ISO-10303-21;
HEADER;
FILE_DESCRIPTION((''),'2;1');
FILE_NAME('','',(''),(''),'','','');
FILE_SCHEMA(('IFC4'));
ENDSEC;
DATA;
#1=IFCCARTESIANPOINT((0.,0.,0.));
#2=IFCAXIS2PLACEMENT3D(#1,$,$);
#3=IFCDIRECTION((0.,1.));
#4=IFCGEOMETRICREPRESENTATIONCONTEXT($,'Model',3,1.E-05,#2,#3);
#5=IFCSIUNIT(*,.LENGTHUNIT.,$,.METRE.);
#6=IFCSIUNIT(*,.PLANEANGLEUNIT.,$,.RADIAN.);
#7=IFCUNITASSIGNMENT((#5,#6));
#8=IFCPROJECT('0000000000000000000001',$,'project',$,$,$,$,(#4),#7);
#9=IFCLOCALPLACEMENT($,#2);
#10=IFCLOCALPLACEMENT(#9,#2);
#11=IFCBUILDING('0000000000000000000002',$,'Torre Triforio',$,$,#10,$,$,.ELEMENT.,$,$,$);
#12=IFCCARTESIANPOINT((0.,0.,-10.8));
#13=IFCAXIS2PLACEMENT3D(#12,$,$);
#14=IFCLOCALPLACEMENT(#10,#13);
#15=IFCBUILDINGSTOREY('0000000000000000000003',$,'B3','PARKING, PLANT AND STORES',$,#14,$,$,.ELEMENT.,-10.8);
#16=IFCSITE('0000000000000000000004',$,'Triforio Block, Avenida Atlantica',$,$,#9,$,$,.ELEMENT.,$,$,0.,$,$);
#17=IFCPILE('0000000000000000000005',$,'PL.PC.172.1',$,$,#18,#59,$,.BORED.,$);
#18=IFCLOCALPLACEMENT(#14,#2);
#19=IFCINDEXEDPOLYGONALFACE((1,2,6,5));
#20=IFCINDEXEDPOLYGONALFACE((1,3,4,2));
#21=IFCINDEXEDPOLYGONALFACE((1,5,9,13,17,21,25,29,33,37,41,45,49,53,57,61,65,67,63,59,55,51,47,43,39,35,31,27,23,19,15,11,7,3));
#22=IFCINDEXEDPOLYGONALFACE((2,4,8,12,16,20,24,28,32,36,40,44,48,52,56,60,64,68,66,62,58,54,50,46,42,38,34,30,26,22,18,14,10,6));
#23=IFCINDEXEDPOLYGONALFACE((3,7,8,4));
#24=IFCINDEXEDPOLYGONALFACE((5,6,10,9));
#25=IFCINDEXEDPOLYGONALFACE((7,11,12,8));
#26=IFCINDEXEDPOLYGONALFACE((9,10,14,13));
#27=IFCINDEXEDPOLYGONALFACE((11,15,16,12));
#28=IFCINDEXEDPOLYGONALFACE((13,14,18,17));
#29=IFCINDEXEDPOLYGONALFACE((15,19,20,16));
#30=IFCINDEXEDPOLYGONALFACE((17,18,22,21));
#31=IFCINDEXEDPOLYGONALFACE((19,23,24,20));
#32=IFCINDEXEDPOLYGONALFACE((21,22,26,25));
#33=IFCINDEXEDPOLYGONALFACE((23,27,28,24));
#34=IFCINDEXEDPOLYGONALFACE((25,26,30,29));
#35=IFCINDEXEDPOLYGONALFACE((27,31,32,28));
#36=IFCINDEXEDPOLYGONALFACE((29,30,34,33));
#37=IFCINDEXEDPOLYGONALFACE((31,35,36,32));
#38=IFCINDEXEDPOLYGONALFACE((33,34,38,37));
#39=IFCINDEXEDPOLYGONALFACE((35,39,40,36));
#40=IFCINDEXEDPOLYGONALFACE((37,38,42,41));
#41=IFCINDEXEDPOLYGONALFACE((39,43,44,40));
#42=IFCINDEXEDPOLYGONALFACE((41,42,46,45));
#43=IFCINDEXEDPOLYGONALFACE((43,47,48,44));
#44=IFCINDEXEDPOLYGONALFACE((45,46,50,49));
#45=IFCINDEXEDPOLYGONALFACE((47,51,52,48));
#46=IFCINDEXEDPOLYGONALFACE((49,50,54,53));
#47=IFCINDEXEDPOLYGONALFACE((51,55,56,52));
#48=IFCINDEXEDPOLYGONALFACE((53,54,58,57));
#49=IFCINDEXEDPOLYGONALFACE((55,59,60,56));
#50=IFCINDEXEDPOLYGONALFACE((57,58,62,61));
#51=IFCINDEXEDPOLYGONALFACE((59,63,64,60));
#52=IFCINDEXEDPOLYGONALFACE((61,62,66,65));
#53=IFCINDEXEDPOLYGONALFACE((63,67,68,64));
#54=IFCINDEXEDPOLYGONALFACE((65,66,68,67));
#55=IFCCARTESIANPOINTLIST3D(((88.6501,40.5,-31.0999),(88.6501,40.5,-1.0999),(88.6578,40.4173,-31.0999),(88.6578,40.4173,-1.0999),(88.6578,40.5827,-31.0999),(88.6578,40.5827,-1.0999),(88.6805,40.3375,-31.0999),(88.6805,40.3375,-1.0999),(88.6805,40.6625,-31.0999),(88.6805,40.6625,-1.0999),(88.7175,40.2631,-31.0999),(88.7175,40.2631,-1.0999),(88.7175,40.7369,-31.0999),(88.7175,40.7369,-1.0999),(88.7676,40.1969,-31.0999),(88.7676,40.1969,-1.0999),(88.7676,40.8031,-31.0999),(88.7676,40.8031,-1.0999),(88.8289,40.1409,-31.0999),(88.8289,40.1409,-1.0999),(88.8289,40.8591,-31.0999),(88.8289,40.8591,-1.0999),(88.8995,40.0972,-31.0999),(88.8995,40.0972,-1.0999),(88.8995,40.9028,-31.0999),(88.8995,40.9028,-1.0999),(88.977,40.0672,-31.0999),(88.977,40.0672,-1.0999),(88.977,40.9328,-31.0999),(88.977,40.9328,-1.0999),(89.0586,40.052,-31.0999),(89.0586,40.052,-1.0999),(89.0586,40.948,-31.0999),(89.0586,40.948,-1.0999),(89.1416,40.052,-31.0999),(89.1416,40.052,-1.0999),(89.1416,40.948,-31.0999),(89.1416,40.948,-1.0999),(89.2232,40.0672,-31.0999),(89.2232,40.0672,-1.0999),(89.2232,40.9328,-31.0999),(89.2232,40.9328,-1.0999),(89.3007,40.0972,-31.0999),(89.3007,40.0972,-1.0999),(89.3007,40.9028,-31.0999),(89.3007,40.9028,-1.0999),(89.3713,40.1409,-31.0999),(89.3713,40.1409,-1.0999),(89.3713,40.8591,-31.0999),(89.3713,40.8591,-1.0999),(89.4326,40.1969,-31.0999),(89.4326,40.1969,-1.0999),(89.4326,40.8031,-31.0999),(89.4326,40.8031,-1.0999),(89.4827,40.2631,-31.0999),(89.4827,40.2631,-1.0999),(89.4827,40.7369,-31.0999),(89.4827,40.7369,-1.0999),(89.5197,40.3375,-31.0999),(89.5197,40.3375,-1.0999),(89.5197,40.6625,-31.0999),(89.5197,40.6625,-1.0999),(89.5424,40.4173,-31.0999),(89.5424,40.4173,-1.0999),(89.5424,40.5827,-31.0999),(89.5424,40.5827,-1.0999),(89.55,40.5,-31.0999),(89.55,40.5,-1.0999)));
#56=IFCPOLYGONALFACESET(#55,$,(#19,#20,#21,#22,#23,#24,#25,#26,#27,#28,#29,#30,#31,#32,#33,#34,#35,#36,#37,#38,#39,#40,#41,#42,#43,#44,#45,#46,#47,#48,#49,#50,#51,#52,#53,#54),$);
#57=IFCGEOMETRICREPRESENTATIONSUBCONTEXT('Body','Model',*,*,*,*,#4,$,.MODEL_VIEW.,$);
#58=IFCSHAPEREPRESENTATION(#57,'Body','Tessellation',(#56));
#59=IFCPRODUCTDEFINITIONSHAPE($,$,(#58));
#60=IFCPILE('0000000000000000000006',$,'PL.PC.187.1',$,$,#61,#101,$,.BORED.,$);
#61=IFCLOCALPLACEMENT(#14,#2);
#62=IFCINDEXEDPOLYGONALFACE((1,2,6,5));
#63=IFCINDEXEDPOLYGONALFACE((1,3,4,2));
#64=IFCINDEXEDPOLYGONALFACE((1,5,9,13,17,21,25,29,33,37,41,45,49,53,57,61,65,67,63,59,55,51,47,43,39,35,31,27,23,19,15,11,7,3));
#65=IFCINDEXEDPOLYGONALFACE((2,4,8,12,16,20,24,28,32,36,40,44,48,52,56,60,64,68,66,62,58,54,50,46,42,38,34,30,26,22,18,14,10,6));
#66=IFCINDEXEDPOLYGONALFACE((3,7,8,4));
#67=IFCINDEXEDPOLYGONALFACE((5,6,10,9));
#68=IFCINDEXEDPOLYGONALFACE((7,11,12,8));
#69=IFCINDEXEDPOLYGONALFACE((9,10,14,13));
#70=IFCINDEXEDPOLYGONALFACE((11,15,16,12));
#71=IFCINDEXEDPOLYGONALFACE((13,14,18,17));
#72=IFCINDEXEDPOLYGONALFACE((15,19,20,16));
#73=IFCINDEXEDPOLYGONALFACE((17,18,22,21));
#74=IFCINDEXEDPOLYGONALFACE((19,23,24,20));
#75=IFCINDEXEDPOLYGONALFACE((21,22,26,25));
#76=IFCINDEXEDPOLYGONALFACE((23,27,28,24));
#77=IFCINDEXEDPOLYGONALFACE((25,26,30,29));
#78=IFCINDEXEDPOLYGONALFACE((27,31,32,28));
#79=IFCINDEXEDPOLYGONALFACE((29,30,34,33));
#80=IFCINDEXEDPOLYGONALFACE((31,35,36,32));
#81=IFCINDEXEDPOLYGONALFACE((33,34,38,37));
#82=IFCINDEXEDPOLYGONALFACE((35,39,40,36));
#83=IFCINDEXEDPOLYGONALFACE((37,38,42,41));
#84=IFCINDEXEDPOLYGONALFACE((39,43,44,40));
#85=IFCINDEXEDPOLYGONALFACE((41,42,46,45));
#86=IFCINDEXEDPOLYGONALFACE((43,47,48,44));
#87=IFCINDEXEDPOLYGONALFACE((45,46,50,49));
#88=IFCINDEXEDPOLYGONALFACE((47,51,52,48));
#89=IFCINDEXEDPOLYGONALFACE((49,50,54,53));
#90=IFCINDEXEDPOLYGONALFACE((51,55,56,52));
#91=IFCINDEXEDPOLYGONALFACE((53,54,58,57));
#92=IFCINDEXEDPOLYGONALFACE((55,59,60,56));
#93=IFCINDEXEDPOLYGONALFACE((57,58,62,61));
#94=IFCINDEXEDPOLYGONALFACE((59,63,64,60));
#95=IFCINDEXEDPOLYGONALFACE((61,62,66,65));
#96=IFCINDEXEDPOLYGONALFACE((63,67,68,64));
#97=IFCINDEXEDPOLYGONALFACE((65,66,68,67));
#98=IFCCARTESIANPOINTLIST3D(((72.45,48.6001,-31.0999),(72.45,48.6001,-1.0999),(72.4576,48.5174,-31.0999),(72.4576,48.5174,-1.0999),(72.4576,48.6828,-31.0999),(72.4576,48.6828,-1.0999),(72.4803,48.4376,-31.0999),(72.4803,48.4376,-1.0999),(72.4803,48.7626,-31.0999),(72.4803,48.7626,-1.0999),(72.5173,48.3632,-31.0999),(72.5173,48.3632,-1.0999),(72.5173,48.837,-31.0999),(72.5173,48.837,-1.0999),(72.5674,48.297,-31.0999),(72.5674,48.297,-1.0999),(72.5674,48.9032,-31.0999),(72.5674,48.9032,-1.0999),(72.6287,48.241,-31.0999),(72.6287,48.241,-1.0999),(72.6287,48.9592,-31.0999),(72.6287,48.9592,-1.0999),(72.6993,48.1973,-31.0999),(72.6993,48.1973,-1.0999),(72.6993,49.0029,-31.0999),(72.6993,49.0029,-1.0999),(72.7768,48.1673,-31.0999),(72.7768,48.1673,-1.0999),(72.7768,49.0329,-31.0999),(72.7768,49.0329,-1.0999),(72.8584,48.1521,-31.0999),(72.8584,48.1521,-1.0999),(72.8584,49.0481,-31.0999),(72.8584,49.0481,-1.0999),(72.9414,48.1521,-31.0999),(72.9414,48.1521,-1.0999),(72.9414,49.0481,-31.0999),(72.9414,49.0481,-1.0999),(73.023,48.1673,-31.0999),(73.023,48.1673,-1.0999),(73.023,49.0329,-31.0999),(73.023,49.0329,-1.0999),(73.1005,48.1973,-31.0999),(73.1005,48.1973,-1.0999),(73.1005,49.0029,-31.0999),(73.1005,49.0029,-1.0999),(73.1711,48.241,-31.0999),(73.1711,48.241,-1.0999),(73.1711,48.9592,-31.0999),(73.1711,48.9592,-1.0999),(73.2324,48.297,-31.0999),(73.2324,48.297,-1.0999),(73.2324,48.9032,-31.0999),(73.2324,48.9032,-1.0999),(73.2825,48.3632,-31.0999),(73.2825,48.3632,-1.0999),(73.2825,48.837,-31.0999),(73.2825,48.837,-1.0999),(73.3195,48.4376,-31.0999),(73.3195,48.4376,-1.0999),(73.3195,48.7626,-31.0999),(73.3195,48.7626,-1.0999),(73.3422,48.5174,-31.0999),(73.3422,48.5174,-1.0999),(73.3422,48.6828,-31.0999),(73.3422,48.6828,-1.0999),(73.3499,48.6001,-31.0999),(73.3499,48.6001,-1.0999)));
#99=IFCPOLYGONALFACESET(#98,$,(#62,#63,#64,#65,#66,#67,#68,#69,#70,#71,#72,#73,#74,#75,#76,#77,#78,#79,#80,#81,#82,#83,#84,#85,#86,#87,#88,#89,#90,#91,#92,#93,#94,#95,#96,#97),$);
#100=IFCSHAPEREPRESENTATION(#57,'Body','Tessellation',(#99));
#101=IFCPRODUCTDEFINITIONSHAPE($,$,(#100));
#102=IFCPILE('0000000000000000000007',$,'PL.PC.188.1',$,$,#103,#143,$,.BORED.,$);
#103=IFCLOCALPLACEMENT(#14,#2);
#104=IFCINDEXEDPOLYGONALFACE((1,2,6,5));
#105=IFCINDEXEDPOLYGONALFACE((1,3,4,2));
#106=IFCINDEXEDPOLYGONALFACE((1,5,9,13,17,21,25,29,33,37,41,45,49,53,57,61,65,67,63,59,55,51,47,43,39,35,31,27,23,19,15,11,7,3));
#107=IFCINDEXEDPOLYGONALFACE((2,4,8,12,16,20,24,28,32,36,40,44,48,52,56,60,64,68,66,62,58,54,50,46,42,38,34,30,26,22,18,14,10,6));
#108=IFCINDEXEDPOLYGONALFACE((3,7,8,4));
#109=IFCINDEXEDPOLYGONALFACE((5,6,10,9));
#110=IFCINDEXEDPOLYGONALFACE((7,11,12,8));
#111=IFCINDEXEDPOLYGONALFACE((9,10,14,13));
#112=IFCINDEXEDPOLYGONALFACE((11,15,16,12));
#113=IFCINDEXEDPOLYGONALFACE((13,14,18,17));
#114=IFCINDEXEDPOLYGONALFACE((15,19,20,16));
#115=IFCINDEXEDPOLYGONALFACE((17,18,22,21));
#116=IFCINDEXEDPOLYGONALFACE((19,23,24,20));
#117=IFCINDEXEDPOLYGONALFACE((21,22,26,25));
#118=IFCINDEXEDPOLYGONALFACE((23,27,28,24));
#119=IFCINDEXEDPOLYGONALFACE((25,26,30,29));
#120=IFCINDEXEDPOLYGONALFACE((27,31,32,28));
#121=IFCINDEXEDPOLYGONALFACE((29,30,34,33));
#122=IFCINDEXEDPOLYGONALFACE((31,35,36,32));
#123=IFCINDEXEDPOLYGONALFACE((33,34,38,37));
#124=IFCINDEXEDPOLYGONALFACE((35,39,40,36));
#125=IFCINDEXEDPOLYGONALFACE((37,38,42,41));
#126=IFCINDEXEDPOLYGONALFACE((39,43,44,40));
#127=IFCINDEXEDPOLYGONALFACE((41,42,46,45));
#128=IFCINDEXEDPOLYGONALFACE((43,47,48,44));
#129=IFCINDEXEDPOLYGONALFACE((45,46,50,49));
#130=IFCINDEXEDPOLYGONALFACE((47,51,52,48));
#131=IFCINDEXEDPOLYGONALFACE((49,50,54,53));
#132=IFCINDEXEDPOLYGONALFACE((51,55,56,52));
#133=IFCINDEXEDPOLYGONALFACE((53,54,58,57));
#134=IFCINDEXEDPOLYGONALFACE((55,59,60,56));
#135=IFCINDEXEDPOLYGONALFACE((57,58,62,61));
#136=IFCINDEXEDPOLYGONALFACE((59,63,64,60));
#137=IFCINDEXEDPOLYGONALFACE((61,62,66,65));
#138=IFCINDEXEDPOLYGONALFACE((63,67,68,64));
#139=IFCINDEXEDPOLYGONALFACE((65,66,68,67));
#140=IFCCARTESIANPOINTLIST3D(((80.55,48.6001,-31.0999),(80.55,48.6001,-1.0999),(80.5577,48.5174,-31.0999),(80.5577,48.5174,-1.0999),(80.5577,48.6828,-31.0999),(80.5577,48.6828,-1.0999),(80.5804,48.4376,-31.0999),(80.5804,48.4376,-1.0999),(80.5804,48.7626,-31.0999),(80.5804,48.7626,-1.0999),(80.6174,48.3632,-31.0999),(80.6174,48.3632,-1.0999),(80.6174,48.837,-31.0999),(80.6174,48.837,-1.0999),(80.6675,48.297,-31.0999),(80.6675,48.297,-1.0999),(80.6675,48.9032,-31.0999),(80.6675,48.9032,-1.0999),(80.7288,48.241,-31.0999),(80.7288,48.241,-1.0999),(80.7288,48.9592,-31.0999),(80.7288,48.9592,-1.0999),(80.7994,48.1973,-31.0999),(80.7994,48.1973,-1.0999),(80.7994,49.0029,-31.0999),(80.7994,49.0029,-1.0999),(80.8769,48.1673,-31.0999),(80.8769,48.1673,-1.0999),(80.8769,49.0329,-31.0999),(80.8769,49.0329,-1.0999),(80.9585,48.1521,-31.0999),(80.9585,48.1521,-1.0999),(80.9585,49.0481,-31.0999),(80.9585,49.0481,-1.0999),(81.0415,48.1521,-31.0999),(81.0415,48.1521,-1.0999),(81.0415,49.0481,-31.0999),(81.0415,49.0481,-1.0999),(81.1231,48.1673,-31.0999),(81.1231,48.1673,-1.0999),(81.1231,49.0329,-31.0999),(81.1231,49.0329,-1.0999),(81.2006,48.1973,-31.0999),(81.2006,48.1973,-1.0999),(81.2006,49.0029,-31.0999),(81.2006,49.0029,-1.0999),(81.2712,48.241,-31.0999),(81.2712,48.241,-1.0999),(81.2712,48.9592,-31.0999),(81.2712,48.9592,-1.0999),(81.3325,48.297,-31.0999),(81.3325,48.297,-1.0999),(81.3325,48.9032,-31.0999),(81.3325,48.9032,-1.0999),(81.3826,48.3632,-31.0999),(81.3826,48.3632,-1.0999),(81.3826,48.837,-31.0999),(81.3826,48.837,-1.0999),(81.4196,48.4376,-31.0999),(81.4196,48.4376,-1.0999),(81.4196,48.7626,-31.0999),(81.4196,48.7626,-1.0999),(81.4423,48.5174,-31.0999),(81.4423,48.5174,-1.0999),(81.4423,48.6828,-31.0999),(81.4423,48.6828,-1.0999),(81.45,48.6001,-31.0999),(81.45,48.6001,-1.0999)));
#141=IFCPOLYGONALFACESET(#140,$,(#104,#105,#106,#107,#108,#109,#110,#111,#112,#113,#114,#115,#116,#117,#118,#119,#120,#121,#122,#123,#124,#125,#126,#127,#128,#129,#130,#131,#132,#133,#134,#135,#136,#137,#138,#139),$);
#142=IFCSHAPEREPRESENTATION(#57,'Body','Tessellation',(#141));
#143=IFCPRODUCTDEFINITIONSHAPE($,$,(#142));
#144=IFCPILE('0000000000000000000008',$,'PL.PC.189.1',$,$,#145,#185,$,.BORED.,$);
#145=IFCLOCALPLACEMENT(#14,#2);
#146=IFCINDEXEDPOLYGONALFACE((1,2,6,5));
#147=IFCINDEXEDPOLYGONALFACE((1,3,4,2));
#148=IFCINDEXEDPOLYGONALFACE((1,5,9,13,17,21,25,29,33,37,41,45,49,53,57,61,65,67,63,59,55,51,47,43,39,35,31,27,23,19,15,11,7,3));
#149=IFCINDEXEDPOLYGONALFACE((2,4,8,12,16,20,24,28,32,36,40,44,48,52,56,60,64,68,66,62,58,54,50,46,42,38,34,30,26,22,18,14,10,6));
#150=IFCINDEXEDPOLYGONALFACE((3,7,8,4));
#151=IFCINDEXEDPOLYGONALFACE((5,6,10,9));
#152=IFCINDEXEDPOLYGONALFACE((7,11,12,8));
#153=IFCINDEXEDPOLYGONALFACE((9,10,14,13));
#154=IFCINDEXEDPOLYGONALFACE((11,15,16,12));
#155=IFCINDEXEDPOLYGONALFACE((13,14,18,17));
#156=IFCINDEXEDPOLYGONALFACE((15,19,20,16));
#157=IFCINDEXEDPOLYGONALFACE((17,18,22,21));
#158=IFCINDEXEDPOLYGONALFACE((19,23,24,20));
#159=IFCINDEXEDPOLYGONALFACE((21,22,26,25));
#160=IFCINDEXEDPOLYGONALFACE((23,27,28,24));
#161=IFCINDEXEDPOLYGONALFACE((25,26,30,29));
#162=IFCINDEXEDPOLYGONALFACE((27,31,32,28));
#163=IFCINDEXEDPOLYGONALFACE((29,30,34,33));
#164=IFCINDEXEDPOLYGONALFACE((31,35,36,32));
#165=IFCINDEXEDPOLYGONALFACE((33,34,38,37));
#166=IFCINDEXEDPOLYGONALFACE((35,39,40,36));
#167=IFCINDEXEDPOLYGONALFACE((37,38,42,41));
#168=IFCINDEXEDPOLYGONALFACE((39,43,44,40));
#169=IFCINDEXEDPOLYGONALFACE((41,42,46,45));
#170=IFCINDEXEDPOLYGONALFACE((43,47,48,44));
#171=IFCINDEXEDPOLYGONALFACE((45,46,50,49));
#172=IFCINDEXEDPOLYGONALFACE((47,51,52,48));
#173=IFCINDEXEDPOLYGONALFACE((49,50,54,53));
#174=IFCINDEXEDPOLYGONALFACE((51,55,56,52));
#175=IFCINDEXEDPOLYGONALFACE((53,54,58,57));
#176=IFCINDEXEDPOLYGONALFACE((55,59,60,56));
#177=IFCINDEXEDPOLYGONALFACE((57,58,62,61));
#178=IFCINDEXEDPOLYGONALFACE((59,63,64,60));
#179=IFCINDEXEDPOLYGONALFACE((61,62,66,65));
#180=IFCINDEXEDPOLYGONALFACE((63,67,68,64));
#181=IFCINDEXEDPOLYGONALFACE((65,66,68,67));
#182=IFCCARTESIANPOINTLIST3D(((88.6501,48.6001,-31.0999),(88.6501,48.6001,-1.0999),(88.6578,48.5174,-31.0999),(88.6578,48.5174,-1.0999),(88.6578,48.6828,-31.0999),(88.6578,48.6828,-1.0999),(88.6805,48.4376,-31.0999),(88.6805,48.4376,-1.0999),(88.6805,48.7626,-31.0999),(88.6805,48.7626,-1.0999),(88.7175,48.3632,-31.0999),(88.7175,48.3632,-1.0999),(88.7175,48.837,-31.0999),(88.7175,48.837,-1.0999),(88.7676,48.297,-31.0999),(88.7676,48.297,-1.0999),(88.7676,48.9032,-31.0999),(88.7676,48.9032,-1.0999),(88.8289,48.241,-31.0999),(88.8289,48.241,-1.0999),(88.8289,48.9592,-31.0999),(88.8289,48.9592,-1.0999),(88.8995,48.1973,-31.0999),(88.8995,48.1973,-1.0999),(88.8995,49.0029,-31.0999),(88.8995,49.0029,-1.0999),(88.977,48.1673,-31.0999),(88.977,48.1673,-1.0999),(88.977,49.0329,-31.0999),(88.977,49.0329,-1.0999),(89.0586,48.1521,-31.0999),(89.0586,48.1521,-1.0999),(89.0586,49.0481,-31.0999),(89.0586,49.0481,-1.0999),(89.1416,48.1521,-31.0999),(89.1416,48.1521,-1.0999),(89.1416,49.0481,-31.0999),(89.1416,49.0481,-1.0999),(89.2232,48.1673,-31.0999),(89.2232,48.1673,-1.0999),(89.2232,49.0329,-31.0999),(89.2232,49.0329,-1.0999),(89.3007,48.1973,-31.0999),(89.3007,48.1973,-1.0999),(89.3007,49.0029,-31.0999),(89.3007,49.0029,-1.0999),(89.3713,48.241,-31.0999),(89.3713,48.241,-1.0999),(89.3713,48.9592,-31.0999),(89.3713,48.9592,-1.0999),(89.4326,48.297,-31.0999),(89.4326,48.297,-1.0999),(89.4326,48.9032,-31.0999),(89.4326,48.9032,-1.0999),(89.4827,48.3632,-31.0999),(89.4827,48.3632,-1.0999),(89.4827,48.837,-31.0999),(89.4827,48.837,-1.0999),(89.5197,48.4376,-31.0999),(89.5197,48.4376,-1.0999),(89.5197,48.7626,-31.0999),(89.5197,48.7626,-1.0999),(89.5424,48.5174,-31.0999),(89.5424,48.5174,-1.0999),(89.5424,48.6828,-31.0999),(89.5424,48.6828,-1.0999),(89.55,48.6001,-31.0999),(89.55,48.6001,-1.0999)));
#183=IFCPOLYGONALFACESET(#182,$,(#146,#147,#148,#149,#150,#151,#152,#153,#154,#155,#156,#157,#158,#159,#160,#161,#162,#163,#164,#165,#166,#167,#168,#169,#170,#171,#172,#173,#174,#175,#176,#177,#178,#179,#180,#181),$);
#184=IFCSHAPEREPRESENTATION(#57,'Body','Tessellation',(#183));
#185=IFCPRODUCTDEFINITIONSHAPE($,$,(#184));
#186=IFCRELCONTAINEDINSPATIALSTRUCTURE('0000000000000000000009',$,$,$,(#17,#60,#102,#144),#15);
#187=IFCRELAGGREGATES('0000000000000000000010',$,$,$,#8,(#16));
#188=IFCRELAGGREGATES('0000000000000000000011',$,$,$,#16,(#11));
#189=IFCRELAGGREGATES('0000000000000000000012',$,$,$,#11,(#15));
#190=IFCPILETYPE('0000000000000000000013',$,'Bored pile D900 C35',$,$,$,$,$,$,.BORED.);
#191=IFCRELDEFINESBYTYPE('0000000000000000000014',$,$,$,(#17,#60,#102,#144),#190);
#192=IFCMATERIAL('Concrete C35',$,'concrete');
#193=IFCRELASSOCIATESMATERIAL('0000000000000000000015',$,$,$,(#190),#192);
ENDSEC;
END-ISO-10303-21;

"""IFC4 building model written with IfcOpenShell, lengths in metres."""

from ifc_helpers import new_model, si_unit, direction, frame, origin, origin_2d, place, context, subcontext, project, spatial, circle, extrude, material, material_profile, profile_set, type_object, element, save


model = new_model("IFC4")

# Units and contexts
model_context = context("Model", 3, precision=1e-05, world=origin(), true_north=direction((0.0, 1.0)))
body_context = subcontext(model_context, "Body", "Model", "MODEL_VIEW")
ifc_project = project(units=[si_unit("LENGTHUNIT", "METRE"), si_unit("PLANEANGLEUNIT", "RADIAN")], contexts=[model_context])

# Site, building, storey
site_placement = place(None, origin())
site = spatial("IfcSite", under=ifc_project, at=site_placement, Name="Triforio Block, Avenida Atlantica", CompositionType="ELEMENT", RefElevation=0.0)
building_placement = place(site_placement, origin())
building = spatial("IfcBuilding", under=site, at=building_placement, Name="Torre Triforio", CompositionType="ELEMENT")
storey_placement = place(building_placement, frame((0.0, 0.0, -10.8)))
storey = spatial("IfcBuildingStorey", under=building, at=storey_placement, Name="B3", Description="PARKING, PLANT AND STORES", CompositionType="ELEMENT", Elevation=-10.8)

# Piles
ifc_material_1 = material(Name="Concrete C35", Category="concrete")
ifc_material_profile_1 = material_profile(ifc_material_1, circle(Radius=0.45, at=origin_2d()), Name="RC D900")
ifc_profile_set_1 = profile_set([ifc_material_profile_1], Name="Concrete C35")
pile_type = type_object("IfcPileType", Name="Bored pile D900 C35", PredefinedType="BORED", material=ifc_profile_set_1)
for number, where, z_axis, x_axis, name in (
    (1, (89.1001, 40.5, -1.0999), (0.0, 0.0, -1.0), (1.0, 0.0, 0.0), "PL.PC.172.1"),
    (2, (72.8999, 48.6001, -1.0999), (0.0, 0.0, -1.0), (1.0, 0.0, 0.0), "PL.PC.187.1"),
    (3, (81.0, 48.6001, -1.0999), (0.0, 0.0, -1.0), (1.0, 0.0, 0.0), "PL.PC.188.1"),
    (4, (89.1001, 48.6001, -1.0999), (0.0, 0.0, -1.0), (1.0, 0.0, 0.0), "PL.PC.189.1"),
):
    element("IfcPile", number, at=place(storey_placement, frame(where, z_axis=z_axis, x_axis=x_axis)), inside=storey, type_object=pile_type, Name=name, PredefinedType="BORED", context=body_context, shape_type="SweptSolid", body=[
        extrude(circle(Radius=0.45, at=origin_2d()), origin(), (0.0, 0.0, 1.0), 30.0),
    ])

save(model, "model.ifc")
